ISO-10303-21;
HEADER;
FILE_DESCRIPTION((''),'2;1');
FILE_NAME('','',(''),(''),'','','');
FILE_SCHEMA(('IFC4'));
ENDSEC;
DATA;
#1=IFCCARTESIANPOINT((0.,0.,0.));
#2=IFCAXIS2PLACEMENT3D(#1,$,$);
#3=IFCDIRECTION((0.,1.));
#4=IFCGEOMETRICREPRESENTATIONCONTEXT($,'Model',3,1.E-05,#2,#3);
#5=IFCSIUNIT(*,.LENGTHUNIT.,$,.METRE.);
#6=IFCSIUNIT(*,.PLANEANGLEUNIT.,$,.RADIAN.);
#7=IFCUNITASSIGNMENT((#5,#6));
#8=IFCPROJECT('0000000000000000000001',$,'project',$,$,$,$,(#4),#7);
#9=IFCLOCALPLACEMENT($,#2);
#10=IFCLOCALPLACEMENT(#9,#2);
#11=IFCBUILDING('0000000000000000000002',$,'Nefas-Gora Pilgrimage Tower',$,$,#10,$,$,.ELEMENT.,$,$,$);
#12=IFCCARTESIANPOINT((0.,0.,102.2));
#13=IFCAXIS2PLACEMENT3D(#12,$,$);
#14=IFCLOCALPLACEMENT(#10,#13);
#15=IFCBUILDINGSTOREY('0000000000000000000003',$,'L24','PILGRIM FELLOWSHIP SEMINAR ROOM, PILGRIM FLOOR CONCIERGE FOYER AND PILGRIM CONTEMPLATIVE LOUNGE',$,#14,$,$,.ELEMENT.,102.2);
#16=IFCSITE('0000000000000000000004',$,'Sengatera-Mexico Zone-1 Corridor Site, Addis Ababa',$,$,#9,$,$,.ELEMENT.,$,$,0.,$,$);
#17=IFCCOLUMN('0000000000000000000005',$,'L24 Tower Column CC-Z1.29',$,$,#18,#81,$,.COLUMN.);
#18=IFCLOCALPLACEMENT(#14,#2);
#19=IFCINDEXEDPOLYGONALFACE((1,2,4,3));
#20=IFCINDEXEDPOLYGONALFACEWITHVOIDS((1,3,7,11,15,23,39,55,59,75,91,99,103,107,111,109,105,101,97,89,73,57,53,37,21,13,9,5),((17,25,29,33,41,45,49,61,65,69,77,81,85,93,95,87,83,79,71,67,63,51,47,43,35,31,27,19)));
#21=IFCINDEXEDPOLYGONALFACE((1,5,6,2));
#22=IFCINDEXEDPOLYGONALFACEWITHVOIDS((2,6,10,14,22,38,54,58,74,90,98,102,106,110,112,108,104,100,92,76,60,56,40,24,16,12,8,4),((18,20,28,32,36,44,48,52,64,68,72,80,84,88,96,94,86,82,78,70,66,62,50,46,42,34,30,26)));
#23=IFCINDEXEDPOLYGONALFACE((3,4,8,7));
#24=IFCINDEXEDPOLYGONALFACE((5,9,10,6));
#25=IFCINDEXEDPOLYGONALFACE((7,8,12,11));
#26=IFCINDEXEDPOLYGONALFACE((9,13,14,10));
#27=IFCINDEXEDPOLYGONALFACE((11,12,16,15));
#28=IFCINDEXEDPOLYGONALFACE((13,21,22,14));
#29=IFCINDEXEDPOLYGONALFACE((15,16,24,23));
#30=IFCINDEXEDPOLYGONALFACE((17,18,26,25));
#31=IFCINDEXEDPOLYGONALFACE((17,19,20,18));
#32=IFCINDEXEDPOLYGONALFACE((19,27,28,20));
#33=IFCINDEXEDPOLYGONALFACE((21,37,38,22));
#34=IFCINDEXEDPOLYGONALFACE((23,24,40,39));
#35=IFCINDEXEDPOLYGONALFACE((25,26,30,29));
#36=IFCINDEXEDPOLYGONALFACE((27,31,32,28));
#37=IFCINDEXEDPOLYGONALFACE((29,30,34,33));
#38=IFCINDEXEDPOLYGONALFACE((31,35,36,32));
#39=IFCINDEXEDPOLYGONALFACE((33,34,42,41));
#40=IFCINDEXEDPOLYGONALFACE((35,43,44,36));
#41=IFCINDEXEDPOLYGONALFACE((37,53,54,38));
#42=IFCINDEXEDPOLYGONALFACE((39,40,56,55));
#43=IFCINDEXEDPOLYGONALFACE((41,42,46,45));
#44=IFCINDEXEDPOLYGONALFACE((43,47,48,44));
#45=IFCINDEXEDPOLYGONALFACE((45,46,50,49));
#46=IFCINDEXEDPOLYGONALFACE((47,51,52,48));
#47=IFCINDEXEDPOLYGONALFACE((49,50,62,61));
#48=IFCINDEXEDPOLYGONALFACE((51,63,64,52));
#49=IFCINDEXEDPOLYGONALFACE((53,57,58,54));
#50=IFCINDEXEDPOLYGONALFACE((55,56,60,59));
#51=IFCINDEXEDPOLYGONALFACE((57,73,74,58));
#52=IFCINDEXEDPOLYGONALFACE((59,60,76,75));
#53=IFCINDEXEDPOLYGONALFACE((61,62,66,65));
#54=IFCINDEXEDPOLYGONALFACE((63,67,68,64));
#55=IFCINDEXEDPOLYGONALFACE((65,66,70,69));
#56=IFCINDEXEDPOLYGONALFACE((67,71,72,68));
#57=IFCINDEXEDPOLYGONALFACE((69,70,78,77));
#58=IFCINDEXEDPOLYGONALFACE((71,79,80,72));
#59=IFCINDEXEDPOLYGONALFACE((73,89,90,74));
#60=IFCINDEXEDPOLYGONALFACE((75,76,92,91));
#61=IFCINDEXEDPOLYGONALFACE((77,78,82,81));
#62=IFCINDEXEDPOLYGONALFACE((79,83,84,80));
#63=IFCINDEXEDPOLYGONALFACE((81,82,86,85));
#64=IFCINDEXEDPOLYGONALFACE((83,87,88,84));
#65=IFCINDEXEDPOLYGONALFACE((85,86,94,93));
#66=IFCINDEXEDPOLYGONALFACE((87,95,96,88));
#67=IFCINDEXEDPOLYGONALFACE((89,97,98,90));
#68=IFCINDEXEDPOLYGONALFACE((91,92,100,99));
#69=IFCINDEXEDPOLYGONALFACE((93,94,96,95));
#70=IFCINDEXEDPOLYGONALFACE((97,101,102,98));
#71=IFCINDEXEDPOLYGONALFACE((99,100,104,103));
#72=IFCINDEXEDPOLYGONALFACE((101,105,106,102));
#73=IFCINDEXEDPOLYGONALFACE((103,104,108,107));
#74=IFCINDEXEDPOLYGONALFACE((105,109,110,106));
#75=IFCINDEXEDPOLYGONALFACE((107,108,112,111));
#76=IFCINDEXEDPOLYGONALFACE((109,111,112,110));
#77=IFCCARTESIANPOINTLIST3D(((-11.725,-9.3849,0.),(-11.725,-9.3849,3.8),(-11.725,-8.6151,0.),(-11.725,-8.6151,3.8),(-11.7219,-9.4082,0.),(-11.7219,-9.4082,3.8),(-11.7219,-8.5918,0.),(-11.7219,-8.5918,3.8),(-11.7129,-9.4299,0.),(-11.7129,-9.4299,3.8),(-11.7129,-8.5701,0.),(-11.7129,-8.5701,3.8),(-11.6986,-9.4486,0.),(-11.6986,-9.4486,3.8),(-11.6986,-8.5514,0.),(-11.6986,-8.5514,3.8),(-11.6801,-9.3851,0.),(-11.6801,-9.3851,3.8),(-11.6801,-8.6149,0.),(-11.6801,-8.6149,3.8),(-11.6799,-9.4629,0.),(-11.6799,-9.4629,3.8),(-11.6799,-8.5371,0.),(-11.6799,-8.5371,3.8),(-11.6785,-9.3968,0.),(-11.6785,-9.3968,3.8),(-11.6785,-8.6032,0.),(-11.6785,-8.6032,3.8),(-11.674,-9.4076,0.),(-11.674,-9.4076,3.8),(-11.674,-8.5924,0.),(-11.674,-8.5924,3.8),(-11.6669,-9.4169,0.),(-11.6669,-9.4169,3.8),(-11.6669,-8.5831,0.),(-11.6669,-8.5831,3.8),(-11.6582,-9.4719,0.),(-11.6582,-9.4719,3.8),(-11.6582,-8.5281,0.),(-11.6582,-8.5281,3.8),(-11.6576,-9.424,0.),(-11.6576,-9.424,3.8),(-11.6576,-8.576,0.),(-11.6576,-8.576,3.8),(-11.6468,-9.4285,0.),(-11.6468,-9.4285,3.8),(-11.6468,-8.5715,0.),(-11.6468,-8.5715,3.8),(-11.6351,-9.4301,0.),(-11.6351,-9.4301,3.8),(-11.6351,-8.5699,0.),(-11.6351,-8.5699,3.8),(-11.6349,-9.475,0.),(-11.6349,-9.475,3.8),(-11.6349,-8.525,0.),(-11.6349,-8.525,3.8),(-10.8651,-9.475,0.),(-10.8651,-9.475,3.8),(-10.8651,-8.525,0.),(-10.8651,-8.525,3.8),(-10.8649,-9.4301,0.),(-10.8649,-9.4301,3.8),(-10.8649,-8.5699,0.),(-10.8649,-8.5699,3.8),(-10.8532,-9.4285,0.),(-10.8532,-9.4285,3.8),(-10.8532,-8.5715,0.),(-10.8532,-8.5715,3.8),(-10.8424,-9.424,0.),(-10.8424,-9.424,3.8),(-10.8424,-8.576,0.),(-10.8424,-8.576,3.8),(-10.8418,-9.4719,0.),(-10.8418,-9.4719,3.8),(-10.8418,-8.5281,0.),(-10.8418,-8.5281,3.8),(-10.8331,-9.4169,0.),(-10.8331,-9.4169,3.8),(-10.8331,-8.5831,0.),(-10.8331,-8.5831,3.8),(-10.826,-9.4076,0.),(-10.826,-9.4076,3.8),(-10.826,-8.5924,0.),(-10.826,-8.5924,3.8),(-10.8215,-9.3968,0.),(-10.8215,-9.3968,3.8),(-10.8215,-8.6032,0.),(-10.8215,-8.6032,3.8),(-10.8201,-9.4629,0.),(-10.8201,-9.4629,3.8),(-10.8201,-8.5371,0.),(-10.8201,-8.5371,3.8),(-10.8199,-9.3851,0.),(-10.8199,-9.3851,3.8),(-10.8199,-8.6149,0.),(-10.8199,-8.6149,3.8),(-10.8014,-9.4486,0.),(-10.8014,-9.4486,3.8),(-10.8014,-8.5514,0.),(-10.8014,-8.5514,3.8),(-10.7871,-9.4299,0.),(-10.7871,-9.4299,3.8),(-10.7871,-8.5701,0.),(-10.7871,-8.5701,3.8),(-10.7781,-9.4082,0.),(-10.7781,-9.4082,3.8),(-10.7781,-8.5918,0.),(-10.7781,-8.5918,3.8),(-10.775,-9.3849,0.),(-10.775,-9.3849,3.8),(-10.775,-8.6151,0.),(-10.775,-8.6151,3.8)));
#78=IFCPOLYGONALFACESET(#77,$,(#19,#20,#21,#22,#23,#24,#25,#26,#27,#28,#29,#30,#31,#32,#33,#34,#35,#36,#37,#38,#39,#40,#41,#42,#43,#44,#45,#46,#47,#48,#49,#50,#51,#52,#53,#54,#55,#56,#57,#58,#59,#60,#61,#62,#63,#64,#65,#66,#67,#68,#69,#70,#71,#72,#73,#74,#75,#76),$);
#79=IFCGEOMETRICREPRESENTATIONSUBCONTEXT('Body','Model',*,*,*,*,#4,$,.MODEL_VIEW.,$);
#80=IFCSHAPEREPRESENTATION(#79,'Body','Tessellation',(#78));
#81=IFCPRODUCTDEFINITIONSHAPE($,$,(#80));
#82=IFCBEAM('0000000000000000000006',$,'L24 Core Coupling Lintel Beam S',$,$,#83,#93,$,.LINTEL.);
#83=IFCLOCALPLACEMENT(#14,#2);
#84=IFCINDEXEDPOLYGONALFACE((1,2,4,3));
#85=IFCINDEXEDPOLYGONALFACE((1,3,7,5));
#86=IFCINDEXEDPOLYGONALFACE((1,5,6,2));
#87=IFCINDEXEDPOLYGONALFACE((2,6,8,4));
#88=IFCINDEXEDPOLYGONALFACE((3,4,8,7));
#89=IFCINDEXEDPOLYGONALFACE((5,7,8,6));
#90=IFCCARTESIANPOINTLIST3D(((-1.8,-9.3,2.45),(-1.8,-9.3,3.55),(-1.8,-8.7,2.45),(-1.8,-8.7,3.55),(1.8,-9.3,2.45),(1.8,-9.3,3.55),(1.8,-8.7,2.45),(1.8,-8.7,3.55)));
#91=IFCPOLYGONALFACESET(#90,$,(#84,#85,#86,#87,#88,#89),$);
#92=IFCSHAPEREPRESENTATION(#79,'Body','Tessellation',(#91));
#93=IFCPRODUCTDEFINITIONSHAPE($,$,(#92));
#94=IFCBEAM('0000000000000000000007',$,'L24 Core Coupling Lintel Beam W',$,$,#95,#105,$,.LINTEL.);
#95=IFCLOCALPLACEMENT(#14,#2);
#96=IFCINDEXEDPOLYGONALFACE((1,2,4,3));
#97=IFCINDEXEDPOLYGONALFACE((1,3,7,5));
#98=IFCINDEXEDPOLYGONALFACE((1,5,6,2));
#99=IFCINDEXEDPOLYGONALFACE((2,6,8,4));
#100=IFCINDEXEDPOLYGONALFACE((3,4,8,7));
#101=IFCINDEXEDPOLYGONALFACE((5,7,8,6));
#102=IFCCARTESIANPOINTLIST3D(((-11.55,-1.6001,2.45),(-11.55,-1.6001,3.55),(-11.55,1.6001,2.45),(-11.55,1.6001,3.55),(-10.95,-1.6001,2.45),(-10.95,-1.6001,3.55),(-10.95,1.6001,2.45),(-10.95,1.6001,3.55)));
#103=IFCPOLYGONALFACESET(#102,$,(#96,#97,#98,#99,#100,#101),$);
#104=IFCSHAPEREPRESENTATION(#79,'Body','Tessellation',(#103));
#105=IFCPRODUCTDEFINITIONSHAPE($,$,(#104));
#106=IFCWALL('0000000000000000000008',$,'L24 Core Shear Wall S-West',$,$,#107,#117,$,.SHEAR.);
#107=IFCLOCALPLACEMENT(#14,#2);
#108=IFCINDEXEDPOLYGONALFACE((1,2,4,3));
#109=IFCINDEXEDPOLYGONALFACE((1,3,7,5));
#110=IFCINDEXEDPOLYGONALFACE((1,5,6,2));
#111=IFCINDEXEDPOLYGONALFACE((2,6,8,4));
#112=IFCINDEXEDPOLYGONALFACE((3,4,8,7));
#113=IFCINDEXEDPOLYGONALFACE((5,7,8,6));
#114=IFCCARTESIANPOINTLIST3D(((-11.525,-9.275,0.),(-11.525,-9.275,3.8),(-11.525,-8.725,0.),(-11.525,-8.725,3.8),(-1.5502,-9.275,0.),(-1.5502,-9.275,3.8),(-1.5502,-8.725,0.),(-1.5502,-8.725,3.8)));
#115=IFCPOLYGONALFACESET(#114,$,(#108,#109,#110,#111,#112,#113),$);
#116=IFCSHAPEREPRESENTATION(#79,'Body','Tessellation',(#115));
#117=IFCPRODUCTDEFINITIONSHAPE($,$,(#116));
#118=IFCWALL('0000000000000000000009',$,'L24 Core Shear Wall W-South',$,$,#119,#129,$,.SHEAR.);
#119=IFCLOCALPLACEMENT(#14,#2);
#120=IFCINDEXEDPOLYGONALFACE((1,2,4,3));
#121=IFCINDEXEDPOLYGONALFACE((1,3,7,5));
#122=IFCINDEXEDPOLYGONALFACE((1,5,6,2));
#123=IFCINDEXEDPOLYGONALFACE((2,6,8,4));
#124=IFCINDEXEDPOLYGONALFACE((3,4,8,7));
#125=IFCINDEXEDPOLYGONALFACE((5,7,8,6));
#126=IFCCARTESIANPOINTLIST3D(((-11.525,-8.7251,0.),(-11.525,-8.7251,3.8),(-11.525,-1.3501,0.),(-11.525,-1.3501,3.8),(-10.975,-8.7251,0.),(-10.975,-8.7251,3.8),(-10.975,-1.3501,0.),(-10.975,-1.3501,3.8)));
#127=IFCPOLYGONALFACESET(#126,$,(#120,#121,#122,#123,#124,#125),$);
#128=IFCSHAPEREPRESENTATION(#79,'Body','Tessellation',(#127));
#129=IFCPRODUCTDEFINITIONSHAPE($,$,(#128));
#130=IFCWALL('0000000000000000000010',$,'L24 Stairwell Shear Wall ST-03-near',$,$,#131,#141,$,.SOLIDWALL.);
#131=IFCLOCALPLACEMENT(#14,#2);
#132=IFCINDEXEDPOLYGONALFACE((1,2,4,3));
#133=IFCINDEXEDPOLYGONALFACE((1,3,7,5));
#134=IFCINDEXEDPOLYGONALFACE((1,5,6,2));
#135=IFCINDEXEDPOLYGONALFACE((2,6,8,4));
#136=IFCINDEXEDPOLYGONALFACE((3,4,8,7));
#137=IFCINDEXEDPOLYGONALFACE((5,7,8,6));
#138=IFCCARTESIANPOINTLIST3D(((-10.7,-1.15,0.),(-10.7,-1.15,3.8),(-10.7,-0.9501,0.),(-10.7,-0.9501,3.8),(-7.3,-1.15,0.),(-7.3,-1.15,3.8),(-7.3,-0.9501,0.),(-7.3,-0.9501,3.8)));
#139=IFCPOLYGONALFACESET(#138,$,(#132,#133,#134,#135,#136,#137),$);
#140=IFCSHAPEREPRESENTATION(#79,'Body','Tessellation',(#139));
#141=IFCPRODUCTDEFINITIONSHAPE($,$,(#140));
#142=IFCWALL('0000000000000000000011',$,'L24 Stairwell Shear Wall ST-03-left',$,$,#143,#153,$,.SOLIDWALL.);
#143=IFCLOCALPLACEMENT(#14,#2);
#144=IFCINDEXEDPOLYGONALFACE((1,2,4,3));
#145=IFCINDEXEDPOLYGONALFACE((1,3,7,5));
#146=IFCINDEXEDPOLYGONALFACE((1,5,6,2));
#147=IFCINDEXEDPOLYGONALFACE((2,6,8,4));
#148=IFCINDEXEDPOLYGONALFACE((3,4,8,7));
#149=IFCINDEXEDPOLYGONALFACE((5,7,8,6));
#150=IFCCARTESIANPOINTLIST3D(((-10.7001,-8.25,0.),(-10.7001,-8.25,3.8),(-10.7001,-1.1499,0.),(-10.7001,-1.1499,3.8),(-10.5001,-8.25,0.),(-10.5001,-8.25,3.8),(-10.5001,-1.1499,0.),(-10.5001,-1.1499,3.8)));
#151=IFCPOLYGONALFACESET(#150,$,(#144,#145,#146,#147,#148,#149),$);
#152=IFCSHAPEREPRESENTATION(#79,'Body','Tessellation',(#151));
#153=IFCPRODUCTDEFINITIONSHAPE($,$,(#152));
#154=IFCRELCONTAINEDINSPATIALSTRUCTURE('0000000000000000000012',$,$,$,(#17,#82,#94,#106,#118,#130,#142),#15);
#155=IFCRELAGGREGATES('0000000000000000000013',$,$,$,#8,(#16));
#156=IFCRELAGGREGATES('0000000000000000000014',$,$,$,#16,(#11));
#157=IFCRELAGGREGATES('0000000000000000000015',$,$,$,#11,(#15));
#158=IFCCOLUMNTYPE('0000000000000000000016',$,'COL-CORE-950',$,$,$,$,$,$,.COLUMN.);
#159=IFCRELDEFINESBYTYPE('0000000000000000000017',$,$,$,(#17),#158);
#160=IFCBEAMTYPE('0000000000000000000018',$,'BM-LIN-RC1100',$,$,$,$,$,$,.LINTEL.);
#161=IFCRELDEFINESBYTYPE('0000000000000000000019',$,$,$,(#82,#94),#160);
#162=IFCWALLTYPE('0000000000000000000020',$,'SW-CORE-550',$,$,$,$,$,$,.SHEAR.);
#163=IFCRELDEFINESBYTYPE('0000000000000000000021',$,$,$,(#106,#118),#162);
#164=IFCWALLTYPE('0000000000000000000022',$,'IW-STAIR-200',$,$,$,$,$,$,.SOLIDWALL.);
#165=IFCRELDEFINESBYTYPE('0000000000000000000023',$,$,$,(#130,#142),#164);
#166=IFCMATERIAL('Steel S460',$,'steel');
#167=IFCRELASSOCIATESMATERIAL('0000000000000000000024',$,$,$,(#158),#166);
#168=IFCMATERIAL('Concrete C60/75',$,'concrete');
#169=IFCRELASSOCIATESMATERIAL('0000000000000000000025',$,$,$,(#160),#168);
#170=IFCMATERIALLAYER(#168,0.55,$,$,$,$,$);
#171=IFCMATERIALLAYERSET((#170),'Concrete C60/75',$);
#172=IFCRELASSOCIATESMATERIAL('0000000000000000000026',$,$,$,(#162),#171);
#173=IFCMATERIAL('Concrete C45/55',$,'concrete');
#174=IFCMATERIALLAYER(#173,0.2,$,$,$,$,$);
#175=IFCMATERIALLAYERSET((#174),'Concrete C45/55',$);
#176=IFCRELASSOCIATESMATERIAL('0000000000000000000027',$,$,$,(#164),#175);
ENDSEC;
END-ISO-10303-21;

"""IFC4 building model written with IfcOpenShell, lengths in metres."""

from ifc_helpers import new_model, si_unit, direction, frame, frame_2d, origin, origin_2d, place, context, subcontext, project, spatial, rectangle, hollow_rectangle, extrude, source, transform, mapped, material, layer, layer_set, material_profile, profile_set, type_object, element, save


model = new_model("IFC4")

# Units and contexts
model_context = context("Model", 3, precision=1e-05, world=origin(), true_north=direction((0.0, 1.0)))
body_context = subcontext(model_context, "Body", "Model", "MODEL_VIEW")
ifc_project = project(units=[si_unit("LENGTHUNIT", "METRE"), si_unit("PLANEANGLEUNIT", "RADIAN")], contexts=[model_context])

# Site, building, storey
site_placement = place(None, origin())
site = spatial("IfcSite", under=ifc_project, at=site_placement, Name="Sengatera-Mexico Zone-1 Corridor Site, Addis Ababa", CompositionType="ELEMENT", RefElevation=0.0)
building_placement = place(site_placement, origin())
building = spatial("IfcBuilding", under=site, at=building_placement, Name="Nefas-Gora Pilgrimage Tower", CompositionType="ELEMENT")
storey_placement = place(building_placement, frame((0.0, 0.0, 102.2)))
storey = spatial("IfcBuildingStorey", under=building, at=storey_placement, Name="L24", Description="PILGRIM FELLOWSHIP SEMINAR ROOM, PILGRIM FLOOR CONCIERGE FOYER AND PILGRIM CONTEMPLATIVE LOUNGE", CompositionType="ELEMENT", Elevation=102.2)

# Column
ifc_material_1 = material(Name="Steel S460", Category="steel")
ifc_material_profile_1 = material_profile(ifc_material_1, hollow_rectangle(XDim=0.95, YDim=0.95, WallThickness=0.0449, InnerFilletRadius=0.0449, OuterFilletRadius=0.0901, at=origin_2d()), Name="BOX 950x950x45")
ifc_profile_set_1 = profile_set([ifc_material_profile_1], Name="Steel S460")
column_type = type_object("IfcColumnType", Name="COL-CORE-950", PredefinedType="COLUMN", material=ifc_profile_set_1)
shared_shape_1 = source(origin(), body_context, "Body", "SweptSolid", [
    extrude(hollow_rectangle(XDim=0.95, YDim=0.95, WallThickness=0.0449, InnerFilletRadius=0.0449, OuterFilletRadius=0.0901, at=origin_2d()), origin(), (0.0, 0.0, 1.0), 3.8),
])
column_placement = place(storey_placement, frame((-11.25, -9.0, 0.0), z_axis=(0.0, 0.0, 1.0), x_axis=(1.0, 0.0, 0.0)))
element("IfcColumn", 1, at=column_placement, inside=storey, type_object=column_type, Name="L24 Tower Column CC-Z1.29", PredefinedType="COLUMN", context=body_context, shape_type="MappedRepresentation", body=[
    mapped(shared_shape_1, transform((0.0, 0.0, 0.0), x_axis=(1.0, 0.0, 0.0), y_axis=(0.0, 1.0, 0.0), z_axis=(0.0, 0.0, 1.0), scale=1.0)),
])

# Beams
ifc_material_2 = material(Name="Concrete C60/75", Category="concrete")
ifc_material_profile_2 = material_profile(ifc_material_2, rectangle(XDim=0.6001, YDim=1.1001, at=origin_2d()), Name="RC 600x1100")
ifc_profile_set_2 = profile_set([ifc_material_profile_2], Name="Concrete C60/75")
beam_type = type_object("IfcBeamType", Name="BM-LIN-RC1100", PredefinedType="LINTEL", material=ifc_profile_set_2)
shared_shape_2 = source(origin(), body_context, "Body", "SweptSolid", [
    extrude(rectangle(XDim=0.6001, YDim=1.1001, at=origin_2d()), origin(), (0.0, 0.0, 1.0), 3.6001),
])
beam_1_placement = place(storey_placement, frame((-1.8, -9.0, 3.0), z_axis=(1.0, 0.0, 0.0), x_axis=(0.0, 1.0, 0.0)))
element("IfcBeam", 2, at=beam_1_placement, inside=storey, type_object=beam_type, Name="L24 Core Coupling Lintel Beam S", PredefinedType="LINTEL", context=body_context, shape_type="MappedRepresentation", body=[
    mapped(shared_shape_2, transform((0.0, 0.0, 0.0), x_axis=(1.0, 0.0, 0.0), y_axis=(0.0, 1.0, 0.0), z_axis=(0.0, 0.0, 1.0), scale=1.0)),
])
shared_shape_3 = source(origin(), body_context, "Body", "SweptSolid", [
    extrude(rectangle(XDim=0.6001, YDim=1.1001, at=origin_2d()), origin(), (0.0, 0.0, 1.0), 3.2002),
])
beam_2_placement = place(storey_placement, frame((-11.25, -1.6001, 3.0), z_axis=(0.0, 1.0, 0.0), x_axis=(-1.0, 0.0, 0.0)))
element("IfcBeam", 3, at=beam_2_placement, inside=storey, type_object=beam_type, Name="L24 Core Coupling Lintel Beam W", PredefinedType="LINTEL", context=body_context, shape_type="MappedRepresentation", body=[
    mapped(shared_shape_3, transform((0.0, 0.0, 0.0), x_axis=(1.0, 0.0, 0.0), y_axis=(0.0, 1.0, 0.0), z_axis=(0.0, 0.0, 1.0), scale=1.0)),
])

# Walls
ifc_layer_1 = layer(ifc_material_2, 0.55)
ifc_layer_set_1 = layer_set([ifc_layer_1], Name="Concrete C60/75")
wall_type_1 = type_object("IfcWallType", Name="SW-CORE-550", PredefinedType="SHEAR", material=ifc_layer_set_1)
shared_shape_4 = source(origin(), body_context, "Body", "SweptSolid", [
    extrude(rectangle(XDim=9.9749, YDim=0.55, at=frame_2d((4.9873, 0.0))), origin(), (0.0, 0.0, 1.0), 3.8),
])
wall_1_placement = place(storey_placement, frame((-11.5249, -9.0, 0.0), z_axis=(0.0, 0.0, 1.0), x_axis=(1.0, 0.0, 0.0)))
element("IfcWall", 4, at=wall_1_placement, inside=storey, type_object=wall_type_1, Name="L24 Core Shear Wall S-West", PredefinedType="SHEAR", context=body_context, shape_type="MappedRepresentation", body=[
    mapped(shared_shape_4, transform((0.0, 0.0, 0.0), x_axis=(1.0, 0.0, 0.0), y_axis=(0.0, 1.0, 0.0), z_axis=(0.0, 0.0, 1.0), scale=1.0)),
])
shared_shape_5 = source(origin(), body_context, "Body", "SweptSolid", [
    extrude(rectangle(XDim=7.375, YDim=0.55, at=frame_2d((3.6875, 0.0))), origin(), (0.0, 0.0, 1.0), 3.8),
])
wall_2_placement = place(storey_placement, frame((-11.25, -8.7251, 0.0), z_axis=(0.0, 0.0, 1.0), x_axis=(0.0, 1.0, 0.0)))
element("IfcWall", 5, at=wall_2_placement, inside=storey, type_object=wall_type_1, Name="L24 Core Shear Wall W-South", PredefinedType="SHEAR", context=body_context, shape_type="MappedRepresentation", body=[
    mapped(shared_shape_5, transform((0.0, 0.0, 0.0), x_axis=(1.0, 0.0, 0.0), y_axis=(0.0, 1.0, 0.0), z_axis=(0.0, 0.0, 1.0), scale=1.0)),
])
ifc_material_3 = material(Name="Concrete C45/55", Category="concrete")
ifc_layer_2 = layer(ifc_material_3, 0.2)
ifc_layer_set_2 = layer_set([ifc_layer_2], Name="Concrete C45/55")
wall_type_2 = type_object("IfcWallType", Name="IW-STAIR-200", PredefinedType="SOLIDWALL", material=ifc_layer_set_2)
shared_shape_6 = source(origin(), body_context, "Body", "SweptSolid", [
    extrude(rectangle(XDim=3.3999, YDim=0.2, at=frame_2d((1.7, 0.0))), origin(), (0.0, 0.0, 1.0), 3.8),
])
wall_3_placement = place(storey_placement, frame((-10.7, -1.05, 0.0), z_axis=(0.0, 0.0, 1.0), x_axis=(1.0, 0.0, 0.0)))
element("IfcWall", 6, at=wall_3_placement, inside=storey, type_object=wall_type_2, Name="L24 Stairwell Shear Wall ST-03-near", PredefinedType="SOLIDWALL", context=body_context, shape_type="MappedRepresentation", body=[
    mapped(shared_shape_6, transform((0.0, 0.0, 0.0), x_axis=(1.0, 0.0, 0.0), y_axis=(0.0, 1.0, 0.0), z_axis=(0.0, 0.0, 1.0), scale=1.0)),
])
shared_shape_7 = source(origin(), body_context, "Body", "SweptSolid", [
    extrude(rectangle(XDim=7.1001, YDim=0.2, at=frame_2d((3.55, 0.0))), origin(), (0.0, 0.0, 1.0), 3.8),
])
wall_4_placement = place(storey_placement, frame((-10.6001, -1.1499, 0.0), z_axis=(0.0, 0.0, 1.0), x_axis=(0.0, -1.0, 0.0)))
element("IfcWall", 7, at=wall_4_placement, inside=storey, type_object=wall_type_2, Name="L24 Stairwell Shear Wall ST-03-left", PredefinedType="SOLIDWALL", context=body_context, shape_type="MappedRepresentation", body=[
    mapped(shared_shape_7, transform((0.0, 0.0, 0.0), x_axis=(1.0, 0.0, 0.0), y_axis=(0.0, 1.0, 0.0), z_axis=(0.0, 0.0, 1.0), scale=1.0)),
])

save(model, "model.ifc")
